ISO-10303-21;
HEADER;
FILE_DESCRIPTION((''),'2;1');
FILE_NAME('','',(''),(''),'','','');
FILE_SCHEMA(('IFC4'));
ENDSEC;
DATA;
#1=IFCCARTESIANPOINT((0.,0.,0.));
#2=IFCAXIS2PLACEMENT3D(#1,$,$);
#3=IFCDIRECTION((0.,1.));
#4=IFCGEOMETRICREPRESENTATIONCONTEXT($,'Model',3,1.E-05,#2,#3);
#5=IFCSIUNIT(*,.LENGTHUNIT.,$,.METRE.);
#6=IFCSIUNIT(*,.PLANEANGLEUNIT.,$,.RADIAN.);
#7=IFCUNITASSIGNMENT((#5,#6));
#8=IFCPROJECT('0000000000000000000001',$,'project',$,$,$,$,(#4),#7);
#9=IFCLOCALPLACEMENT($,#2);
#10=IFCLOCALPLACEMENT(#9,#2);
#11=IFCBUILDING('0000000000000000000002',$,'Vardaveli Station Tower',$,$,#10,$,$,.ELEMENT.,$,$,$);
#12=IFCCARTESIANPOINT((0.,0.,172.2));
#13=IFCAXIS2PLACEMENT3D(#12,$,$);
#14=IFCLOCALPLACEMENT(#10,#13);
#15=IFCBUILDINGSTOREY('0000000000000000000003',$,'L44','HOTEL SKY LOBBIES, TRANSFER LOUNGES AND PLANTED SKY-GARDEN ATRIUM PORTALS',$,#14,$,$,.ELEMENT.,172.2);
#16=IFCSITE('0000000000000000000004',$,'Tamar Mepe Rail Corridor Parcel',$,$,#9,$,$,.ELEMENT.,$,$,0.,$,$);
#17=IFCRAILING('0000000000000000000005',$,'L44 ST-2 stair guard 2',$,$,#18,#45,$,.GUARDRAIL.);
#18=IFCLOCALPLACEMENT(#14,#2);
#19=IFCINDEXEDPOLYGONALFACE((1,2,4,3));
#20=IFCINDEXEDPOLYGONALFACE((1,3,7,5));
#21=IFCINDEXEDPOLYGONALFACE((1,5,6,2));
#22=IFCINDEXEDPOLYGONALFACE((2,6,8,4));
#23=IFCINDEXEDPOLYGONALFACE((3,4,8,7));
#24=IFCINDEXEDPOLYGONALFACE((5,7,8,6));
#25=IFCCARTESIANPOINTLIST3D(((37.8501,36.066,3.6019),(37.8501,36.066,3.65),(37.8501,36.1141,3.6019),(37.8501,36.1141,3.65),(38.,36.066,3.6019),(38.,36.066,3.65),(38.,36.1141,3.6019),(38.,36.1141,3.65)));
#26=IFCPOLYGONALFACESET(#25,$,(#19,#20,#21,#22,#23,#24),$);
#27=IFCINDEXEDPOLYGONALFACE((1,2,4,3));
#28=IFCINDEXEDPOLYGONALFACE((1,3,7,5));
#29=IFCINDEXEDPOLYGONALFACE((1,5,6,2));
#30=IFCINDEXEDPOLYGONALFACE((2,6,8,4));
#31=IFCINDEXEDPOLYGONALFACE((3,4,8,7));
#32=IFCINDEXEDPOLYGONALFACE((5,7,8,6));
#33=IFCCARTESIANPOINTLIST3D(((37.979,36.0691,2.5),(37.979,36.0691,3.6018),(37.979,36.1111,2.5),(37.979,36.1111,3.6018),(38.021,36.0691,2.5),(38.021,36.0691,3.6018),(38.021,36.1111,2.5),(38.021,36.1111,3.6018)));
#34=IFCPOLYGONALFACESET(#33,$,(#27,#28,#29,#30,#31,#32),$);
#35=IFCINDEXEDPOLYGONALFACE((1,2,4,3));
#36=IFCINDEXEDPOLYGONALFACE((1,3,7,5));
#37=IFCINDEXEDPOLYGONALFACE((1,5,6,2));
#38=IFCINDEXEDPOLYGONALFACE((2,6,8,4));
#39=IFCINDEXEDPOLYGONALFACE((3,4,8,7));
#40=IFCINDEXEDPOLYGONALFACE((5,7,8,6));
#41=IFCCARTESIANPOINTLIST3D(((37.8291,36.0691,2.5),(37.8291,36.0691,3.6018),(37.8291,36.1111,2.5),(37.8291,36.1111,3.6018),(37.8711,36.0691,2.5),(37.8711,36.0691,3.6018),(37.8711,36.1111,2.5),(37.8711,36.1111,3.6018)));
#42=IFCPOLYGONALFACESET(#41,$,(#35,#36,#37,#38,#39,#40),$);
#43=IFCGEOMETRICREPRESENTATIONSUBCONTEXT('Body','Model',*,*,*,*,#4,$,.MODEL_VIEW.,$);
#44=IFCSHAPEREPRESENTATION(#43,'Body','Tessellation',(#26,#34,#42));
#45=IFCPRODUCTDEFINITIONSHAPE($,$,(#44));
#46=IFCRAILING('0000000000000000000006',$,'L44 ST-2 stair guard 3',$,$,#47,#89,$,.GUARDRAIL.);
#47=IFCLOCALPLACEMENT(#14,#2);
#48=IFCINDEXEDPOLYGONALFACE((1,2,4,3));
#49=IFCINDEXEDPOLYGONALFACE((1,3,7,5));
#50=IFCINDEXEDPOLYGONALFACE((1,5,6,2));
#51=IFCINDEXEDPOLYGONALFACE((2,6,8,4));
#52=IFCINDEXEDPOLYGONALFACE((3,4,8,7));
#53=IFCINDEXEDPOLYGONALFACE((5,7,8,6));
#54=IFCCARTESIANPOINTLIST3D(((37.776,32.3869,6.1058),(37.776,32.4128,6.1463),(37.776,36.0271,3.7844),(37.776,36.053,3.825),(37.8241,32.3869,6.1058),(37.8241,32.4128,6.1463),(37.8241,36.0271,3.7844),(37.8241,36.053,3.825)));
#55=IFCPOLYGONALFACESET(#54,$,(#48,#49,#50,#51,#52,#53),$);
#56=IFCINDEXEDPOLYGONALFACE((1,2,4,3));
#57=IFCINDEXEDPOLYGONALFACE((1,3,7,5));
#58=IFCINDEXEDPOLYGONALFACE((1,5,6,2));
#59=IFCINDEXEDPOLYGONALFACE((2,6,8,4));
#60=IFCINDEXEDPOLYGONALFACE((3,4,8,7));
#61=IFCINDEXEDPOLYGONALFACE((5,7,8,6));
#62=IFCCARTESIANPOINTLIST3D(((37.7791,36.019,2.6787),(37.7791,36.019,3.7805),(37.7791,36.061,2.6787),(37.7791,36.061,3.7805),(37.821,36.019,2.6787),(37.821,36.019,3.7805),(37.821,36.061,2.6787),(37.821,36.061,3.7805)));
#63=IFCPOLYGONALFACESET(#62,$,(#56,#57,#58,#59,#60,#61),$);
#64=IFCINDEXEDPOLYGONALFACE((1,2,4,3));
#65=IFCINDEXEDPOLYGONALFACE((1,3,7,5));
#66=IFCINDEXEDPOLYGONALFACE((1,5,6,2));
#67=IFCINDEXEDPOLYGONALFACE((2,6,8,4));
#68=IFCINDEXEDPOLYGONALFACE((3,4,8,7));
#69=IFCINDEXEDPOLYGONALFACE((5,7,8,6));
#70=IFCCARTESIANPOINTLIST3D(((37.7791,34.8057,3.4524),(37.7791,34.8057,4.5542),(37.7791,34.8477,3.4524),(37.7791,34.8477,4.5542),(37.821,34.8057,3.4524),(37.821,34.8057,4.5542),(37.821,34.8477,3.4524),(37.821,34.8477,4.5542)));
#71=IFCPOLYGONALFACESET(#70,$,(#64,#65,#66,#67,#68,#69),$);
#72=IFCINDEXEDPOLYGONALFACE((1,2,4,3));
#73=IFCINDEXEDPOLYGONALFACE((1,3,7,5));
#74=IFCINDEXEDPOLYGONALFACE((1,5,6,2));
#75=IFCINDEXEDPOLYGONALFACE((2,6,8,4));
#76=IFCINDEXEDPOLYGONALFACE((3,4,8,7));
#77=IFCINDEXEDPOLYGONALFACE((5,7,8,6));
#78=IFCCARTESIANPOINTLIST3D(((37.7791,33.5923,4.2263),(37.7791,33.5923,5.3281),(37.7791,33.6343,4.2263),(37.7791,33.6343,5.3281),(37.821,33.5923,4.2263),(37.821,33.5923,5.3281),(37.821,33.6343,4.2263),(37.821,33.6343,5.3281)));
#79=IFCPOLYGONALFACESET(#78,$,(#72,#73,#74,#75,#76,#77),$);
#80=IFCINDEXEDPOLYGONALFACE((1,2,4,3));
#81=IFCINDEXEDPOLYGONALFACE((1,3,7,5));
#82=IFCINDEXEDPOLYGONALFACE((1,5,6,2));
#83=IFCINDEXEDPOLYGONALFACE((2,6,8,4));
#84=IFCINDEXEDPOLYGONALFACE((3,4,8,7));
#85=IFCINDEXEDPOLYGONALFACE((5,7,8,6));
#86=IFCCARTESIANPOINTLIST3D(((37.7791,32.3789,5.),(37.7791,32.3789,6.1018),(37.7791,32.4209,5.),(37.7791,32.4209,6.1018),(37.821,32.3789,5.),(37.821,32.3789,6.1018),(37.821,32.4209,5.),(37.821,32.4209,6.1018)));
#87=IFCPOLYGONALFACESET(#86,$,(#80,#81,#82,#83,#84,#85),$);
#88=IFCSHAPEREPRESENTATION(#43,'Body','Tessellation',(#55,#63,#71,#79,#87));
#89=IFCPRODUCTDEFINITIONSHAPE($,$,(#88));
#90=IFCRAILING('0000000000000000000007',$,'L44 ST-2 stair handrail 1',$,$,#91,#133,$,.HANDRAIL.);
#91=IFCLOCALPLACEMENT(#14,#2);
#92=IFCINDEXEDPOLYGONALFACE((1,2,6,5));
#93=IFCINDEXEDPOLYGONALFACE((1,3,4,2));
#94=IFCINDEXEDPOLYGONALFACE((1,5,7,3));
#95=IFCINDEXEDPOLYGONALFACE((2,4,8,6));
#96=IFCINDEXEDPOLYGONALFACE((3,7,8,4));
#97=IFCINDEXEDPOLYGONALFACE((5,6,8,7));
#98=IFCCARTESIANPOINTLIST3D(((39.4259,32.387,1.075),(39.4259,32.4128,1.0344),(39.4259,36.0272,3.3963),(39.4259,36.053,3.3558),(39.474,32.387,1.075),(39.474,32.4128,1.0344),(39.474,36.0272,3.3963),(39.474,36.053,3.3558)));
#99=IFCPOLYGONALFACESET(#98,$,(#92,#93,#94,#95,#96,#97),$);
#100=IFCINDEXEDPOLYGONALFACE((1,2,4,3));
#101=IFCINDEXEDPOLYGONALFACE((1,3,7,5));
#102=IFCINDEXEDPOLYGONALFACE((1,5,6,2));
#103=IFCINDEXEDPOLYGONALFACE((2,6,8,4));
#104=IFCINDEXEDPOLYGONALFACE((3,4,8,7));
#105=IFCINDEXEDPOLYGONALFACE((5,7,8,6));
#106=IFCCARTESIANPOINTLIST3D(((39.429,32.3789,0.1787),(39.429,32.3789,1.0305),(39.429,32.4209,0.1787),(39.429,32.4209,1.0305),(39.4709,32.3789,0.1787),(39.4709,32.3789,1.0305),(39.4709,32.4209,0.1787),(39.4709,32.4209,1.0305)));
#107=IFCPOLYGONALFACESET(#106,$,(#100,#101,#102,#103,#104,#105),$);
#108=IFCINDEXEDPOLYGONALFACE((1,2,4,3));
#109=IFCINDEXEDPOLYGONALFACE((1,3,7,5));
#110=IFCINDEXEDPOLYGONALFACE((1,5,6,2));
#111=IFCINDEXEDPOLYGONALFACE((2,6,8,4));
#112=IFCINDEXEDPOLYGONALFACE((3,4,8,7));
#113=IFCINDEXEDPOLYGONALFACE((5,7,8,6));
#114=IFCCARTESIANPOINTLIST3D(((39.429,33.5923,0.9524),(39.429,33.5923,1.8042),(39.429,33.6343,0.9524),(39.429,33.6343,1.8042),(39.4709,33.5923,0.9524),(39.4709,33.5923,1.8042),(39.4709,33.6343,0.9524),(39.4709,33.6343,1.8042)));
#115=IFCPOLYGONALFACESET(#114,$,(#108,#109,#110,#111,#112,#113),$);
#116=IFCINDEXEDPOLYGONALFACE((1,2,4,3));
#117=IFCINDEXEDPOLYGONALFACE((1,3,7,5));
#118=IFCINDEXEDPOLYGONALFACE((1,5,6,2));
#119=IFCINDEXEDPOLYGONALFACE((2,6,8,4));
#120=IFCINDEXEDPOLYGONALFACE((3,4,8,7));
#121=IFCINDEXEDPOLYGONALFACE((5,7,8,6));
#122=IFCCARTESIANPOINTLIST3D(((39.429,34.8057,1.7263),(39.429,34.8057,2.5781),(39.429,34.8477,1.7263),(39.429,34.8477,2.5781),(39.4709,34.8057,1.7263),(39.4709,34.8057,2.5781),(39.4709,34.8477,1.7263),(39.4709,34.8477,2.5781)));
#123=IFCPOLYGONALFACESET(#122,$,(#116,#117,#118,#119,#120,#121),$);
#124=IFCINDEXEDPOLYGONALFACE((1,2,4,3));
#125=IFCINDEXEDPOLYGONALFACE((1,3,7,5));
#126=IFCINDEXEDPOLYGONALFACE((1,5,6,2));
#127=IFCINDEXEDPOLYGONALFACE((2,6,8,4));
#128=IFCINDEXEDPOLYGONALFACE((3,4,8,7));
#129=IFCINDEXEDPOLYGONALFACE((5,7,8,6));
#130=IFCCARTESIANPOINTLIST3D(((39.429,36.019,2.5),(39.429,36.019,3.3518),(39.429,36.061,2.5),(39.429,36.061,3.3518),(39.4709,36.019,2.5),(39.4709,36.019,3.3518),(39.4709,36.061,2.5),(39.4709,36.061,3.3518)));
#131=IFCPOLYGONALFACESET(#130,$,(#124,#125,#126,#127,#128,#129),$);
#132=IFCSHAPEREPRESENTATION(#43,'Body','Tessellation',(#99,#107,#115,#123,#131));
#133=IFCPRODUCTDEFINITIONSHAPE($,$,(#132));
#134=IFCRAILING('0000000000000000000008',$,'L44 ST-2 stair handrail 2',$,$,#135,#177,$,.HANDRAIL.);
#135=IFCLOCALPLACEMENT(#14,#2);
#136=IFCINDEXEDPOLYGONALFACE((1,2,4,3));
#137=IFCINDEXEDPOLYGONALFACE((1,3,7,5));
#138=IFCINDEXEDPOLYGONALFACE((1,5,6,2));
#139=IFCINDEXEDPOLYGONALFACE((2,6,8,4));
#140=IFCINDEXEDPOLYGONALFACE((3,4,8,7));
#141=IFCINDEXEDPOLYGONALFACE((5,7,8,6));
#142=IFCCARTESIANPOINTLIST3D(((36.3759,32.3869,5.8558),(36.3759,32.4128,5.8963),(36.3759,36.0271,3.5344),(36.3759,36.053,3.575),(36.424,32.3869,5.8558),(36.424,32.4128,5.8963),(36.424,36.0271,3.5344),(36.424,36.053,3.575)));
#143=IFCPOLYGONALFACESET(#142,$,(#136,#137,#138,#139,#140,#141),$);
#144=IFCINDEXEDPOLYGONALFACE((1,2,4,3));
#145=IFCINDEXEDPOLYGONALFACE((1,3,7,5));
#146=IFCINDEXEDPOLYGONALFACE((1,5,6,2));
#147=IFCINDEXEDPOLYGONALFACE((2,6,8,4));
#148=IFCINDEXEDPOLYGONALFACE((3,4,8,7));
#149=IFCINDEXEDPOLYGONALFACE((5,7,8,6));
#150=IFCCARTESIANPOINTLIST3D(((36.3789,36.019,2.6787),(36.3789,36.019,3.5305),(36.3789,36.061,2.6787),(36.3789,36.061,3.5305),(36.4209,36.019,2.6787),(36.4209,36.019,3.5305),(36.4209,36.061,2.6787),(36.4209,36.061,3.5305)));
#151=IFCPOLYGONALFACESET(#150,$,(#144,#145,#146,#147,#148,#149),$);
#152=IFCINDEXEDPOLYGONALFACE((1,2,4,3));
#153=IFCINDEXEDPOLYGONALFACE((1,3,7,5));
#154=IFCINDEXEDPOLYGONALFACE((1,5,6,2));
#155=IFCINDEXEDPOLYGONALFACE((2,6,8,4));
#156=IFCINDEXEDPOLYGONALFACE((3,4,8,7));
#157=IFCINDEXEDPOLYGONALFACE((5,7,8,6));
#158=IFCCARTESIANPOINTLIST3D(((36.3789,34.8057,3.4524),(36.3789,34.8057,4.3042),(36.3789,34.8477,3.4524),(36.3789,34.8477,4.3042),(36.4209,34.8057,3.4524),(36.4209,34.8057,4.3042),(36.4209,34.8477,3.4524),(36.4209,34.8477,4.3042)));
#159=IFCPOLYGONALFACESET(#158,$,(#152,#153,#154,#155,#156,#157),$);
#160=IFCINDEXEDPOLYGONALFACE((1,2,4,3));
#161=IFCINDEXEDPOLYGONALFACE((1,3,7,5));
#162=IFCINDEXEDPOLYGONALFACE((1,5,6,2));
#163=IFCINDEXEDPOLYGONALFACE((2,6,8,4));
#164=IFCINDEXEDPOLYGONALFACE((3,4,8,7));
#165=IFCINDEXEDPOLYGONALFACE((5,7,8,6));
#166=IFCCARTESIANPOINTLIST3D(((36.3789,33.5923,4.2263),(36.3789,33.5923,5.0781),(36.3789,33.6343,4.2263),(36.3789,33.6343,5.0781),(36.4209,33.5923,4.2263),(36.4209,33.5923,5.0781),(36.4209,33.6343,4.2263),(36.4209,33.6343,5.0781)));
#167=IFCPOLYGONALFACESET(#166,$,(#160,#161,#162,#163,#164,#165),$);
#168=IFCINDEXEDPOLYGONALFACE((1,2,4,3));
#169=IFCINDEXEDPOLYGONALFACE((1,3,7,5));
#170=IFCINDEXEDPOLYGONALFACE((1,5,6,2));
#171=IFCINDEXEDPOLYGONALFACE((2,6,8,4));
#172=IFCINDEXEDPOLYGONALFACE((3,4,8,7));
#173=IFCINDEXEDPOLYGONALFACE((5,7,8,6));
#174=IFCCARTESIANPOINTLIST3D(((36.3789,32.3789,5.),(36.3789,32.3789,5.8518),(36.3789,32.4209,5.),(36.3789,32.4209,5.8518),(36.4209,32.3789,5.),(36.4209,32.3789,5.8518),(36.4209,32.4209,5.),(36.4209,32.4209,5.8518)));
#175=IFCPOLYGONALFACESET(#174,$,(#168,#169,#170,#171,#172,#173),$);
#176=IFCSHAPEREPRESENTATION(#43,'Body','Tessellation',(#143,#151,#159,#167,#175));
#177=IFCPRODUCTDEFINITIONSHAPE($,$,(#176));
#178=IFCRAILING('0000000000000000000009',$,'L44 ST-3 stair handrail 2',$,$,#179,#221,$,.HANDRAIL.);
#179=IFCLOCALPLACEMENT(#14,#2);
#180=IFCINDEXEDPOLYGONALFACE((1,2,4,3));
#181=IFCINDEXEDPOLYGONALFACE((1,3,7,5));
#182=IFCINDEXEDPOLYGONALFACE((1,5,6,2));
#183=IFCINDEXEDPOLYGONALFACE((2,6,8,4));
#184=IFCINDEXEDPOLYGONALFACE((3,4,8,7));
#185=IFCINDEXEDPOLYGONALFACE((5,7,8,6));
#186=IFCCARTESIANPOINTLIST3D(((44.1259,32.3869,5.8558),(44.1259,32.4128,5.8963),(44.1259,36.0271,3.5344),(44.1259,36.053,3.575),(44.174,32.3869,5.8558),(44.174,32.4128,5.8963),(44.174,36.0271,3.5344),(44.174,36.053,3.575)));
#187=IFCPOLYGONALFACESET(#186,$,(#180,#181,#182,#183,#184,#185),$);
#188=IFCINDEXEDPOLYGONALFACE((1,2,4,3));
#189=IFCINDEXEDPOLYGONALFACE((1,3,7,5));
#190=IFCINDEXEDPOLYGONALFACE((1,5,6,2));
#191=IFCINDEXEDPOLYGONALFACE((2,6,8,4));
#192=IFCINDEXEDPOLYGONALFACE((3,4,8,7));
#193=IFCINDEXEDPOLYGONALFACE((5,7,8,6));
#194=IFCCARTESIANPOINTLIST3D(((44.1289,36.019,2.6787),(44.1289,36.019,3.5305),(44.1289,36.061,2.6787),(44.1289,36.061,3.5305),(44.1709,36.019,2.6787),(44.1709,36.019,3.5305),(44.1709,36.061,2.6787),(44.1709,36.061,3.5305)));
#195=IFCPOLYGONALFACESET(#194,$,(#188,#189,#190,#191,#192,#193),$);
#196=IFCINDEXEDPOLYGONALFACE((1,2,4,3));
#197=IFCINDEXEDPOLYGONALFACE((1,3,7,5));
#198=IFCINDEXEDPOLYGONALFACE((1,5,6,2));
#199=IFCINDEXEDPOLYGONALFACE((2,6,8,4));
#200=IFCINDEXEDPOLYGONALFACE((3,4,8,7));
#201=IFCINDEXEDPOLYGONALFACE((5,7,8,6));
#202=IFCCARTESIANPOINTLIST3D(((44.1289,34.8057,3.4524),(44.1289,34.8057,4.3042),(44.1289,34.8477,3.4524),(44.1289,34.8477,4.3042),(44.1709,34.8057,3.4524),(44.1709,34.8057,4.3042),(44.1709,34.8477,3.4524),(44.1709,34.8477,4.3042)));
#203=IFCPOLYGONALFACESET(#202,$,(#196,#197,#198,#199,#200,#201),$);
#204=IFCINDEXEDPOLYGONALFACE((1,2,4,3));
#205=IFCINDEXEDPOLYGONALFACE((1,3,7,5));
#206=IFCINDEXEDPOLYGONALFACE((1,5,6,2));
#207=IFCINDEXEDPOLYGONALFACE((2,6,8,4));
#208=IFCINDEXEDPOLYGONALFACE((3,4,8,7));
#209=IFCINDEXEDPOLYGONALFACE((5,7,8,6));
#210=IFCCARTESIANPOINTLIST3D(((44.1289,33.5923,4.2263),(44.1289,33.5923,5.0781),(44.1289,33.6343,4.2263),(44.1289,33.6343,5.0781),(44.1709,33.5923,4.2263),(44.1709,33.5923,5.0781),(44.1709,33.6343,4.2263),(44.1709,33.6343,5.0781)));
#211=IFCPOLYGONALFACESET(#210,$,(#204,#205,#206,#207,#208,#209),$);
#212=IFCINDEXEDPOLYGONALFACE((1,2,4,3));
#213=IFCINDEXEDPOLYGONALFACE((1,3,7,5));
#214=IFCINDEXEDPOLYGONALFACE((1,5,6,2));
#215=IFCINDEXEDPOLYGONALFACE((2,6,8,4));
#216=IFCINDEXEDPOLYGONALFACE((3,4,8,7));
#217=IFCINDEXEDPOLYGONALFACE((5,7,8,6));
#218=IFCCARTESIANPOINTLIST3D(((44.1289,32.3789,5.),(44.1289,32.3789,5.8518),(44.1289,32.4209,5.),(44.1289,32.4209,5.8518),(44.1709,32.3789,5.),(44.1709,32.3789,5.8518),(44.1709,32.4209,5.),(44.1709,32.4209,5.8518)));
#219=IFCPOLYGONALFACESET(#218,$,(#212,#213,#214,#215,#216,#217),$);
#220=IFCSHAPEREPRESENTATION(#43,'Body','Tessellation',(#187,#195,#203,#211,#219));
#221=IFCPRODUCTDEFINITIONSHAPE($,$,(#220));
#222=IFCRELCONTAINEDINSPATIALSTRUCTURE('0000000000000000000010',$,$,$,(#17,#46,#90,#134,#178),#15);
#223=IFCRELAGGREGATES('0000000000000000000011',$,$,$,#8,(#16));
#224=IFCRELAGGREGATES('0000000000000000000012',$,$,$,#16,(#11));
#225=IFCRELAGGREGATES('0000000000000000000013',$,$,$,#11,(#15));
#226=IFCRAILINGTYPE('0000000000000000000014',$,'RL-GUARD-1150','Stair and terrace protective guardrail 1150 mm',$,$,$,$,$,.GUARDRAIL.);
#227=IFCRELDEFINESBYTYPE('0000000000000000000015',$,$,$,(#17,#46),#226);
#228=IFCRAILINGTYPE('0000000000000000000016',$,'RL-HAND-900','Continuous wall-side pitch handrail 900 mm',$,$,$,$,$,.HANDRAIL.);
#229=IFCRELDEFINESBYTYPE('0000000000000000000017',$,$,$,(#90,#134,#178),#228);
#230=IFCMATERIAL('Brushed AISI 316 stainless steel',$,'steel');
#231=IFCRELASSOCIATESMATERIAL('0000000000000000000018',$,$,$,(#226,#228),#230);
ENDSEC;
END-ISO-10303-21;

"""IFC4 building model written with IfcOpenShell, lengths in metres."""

from ifc_helpers import new_model, si_unit, direction, frame, origin, origin_2d, place, context, subcontext, project, spatial, rectangle, extrude, source, transform, mapped, material, type_object, element, save


model = new_model("IFC4")

# Units and contexts
model_context = context("Model", 3, precision=1e-05, world=origin(), true_north=direction((0.0, 1.0)))
body_context = subcontext(model_context, "Body", "Model", "MODEL_VIEW")
ifc_project = project(units=[si_unit("LENGTHUNIT", "METRE"), si_unit("PLANEANGLEUNIT", "RADIAN")], contexts=[model_context])

# Site, building, storey
site_placement = place(None, origin())
site = spatial("IfcSite", under=ifc_project, at=site_placement, Name="Tamar Mepe Rail Corridor Parcel", CompositionType="ELEMENT", RefElevation=0.0)
building_placement = place(site_placement, origin())
building = spatial("IfcBuilding", under=site, at=building_placement, Name="Vardaveli Station Tower", CompositionType="ELEMENT")
storey_placement = place(building_placement, frame((0.0, 0.0, 172.2)))
storey = spatial("IfcBuildingStorey", under=building, at=storey_placement, Name="L44", Description="HOTEL SKY LOBBIES, TRANSFER LOUNGES AND PLANTED SKY-GARDEN ATRIUM PORTALS", CompositionType="ELEMENT", Elevation=172.2)

# Railings
ifc_material_1 = material(Name="Brushed AISI 316 stainless steel", Category="steel")
railing_type_1 = type_object("IfcRailingType", Name="RL-GUARD-1150", Description="Stair and terrace protective guardrail 1150 mm", PredefinedType="GUARDRAIL", material=ifc_material_1)
shared_shape_1 = source(origin(), body_context, "Body", "SweptSolid", [
    extrude(rectangle(XDim=0.0481, YDim=0.0481, at=origin_2d()), frame((0.0, 0.0, 1.126), z_axis=(-1.0, 0.0, 0.0), x_axis=(0.0, -1.0, 0.0)), (0.0, 0.0, 1.0), 0.1499),
    extrude(rectangle(XDim=0.042, YDim=0.042, at=origin_2d()), origin(), (0.0, 0.0, 1.0), 1.1018),
    extrude(rectangle(XDim=0.042, YDim=0.042, at=origin_2d()), frame((-0.1499, 0.0, 0.0)), (0.0, 0.0, 1.0), 1.1018),
])
railing_1_placement = place(storey_placement, frame((38.0, 36.0901, 2.5)))
element("IfcRailing", 1, at=railing_1_placement, inside=storey, type_object=railing_type_1, Name="L44 ST-2 stair guard 2", PredefinedType="GUARDRAIL", context=body_context, shape_type="MappedRepresentation", body=[
    mapped(shared_shape_1, transform((0.0, 0.0, 0.0), scale=1.0)),
])
shared_shape_2 = source(origin(), body_context, "Body", "SweptSolid", [
    extrude(rectangle(XDim=0.0481, YDim=0.0481, at=origin_2d()), frame((0.0, 0.0, 1.126), z_axis=(0.0, -0.843153, 0.537673), x_axis=(1.0, 0.0, 0.0)), (0.0, 0.0, 1.0), 4.3174),
    extrude(rectangle(XDim=0.042, YDim=0.042, at=origin_2d()), origin(), (0.0, 0.0, 1.0), 1.1018),
    extrude(rectangle(XDim=0.042, YDim=0.042, at=origin_2d()), frame((0.0, -1.2134, 0.7737)), (0.0, 0.0, 1.0), 1.1018),
    extrude(rectangle(XDim=0.042, YDim=0.042, at=origin_2d()), frame((0.0, -2.4268, 1.5476)), (0.0, 0.0, 1.0), 1.1018),
    extrude(rectangle(XDim=0.042, YDim=0.042, at=origin_2d()), frame((0.0, -3.6401, 2.3213)), (0.0, 0.0, 1.0), 1.1018),
])
railing_2_placement = place(storey_placement, frame((37.8, 36.04, 2.6787)))
element("IfcRailing", 2, at=railing_2_placement, inside=storey, type_object=railing_type_1, Name="L44 ST-2 stair guard 3", PredefinedType="GUARDRAIL", context=body_context, shape_type="MappedRepresentation", body=[
    mapped(shared_shape_2, transform((0.0, 0.0, 0.0), scale=1.0)),
])
railing_type_2 = type_object("IfcRailingType", Name="RL-HAND-900", Description="Continuous wall-side pitch handrail 900 mm", PredefinedType="HANDRAIL", material=ifc_material_1)
shared_shape_3 = source(origin(), body_context, "Body", "SweptSolid", [
    extrude(rectangle(XDim=0.0481, YDim=0.0481, at=origin_2d()), frame((0.0, 0.0, 0.876), z_axis=(0.0, 0.843153, 0.537673), x_axis=(-1.0, 0.0, 0.0)), (0.0, 0.0, 1.0), 4.3174),
    extrude(rectangle(XDim=0.042, YDim=0.042, at=origin_2d()), origin(), (0.0, 0.0, 1.0), 0.8518),
    extrude(rectangle(XDim=0.042, YDim=0.042, at=origin_2d()), frame((0.0, 1.2134, 0.7737)), (0.0, 0.0, 1.0), 0.8518),
    extrude(rectangle(XDim=0.042, YDim=0.042, at=origin_2d()), frame((0.0, 2.4268, 1.5476)), (0.0, 0.0, 1.0), 0.8518),
    extrude(rectangle(XDim=0.042, YDim=0.042, at=origin_2d()), frame((0.0, 3.6401, 2.3213)), (0.0, 0.0, 1.0), 0.8518),
])
railing_3_placement = place(storey_placement, frame((39.45, 32.3999, 0.1787)))
element("IfcRailing", 3, at=railing_3_placement, inside=storey, type_object=railing_type_2, Name="L44 ST-2 stair handrail 1", PredefinedType="HANDRAIL", context=body_context, shape_type="MappedRepresentation", body=[
    mapped(shared_shape_3, transform((0.0, 0.0, 0.0), scale=1.0)),
])
shared_shape_4 = source(origin(), body_context, "Body", "SweptSolid", [
    extrude(rectangle(XDim=0.0481, YDim=0.0481, at=origin_2d()), frame((0.0, 0.0, 0.876), z_axis=(0.0, -0.843153, 0.537673), x_axis=(1.0, 0.0, 0.0)), (0.0, 0.0, 1.0), 4.3174),
    extrude(rectangle(XDim=0.042, YDim=0.042, at=origin_2d()), origin(), (0.0, 0.0, 1.0), 0.8518),
    extrude(rectangle(XDim=0.042, YDim=0.042, at=origin_2d()), frame((0.0, -1.2134, 0.7737)), (0.0, 0.0, 1.0), 0.8518),
    extrude(rectangle(XDim=0.042, YDim=0.042, at=origin_2d()), frame((0.0, -2.4268, 1.5476)), (0.0, 0.0, 1.0), 0.8518),
    extrude(rectangle(XDim=0.042, YDim=0.042, at=origin_2d()), frame((0.0, -3.6401, 2.3213)), (0.0, 0.0, 1.0), 0.8518),
])
for number, where, name in (
    (4, (36.3999, 36.04, 2.6787), "L44 ST-2 stair handrail 2"),
    (5, (44.1499, 36.04, 2.6787), "L44 ST-3 stair handrail 2"),
):
    element("IfcRailing", number, at=place(storey_placement, frame(where)), inside=storey, type_object=railing_type_2, Name=name, PredefinedType="HANDRAIL", context=body_context, shape_type="MappedRepresentation", body=[
        mapped(shared_shape_4, transform((0.0, 0.0, 0.0), scale=1.0)),
    ])

save(model, "model.ifc")
